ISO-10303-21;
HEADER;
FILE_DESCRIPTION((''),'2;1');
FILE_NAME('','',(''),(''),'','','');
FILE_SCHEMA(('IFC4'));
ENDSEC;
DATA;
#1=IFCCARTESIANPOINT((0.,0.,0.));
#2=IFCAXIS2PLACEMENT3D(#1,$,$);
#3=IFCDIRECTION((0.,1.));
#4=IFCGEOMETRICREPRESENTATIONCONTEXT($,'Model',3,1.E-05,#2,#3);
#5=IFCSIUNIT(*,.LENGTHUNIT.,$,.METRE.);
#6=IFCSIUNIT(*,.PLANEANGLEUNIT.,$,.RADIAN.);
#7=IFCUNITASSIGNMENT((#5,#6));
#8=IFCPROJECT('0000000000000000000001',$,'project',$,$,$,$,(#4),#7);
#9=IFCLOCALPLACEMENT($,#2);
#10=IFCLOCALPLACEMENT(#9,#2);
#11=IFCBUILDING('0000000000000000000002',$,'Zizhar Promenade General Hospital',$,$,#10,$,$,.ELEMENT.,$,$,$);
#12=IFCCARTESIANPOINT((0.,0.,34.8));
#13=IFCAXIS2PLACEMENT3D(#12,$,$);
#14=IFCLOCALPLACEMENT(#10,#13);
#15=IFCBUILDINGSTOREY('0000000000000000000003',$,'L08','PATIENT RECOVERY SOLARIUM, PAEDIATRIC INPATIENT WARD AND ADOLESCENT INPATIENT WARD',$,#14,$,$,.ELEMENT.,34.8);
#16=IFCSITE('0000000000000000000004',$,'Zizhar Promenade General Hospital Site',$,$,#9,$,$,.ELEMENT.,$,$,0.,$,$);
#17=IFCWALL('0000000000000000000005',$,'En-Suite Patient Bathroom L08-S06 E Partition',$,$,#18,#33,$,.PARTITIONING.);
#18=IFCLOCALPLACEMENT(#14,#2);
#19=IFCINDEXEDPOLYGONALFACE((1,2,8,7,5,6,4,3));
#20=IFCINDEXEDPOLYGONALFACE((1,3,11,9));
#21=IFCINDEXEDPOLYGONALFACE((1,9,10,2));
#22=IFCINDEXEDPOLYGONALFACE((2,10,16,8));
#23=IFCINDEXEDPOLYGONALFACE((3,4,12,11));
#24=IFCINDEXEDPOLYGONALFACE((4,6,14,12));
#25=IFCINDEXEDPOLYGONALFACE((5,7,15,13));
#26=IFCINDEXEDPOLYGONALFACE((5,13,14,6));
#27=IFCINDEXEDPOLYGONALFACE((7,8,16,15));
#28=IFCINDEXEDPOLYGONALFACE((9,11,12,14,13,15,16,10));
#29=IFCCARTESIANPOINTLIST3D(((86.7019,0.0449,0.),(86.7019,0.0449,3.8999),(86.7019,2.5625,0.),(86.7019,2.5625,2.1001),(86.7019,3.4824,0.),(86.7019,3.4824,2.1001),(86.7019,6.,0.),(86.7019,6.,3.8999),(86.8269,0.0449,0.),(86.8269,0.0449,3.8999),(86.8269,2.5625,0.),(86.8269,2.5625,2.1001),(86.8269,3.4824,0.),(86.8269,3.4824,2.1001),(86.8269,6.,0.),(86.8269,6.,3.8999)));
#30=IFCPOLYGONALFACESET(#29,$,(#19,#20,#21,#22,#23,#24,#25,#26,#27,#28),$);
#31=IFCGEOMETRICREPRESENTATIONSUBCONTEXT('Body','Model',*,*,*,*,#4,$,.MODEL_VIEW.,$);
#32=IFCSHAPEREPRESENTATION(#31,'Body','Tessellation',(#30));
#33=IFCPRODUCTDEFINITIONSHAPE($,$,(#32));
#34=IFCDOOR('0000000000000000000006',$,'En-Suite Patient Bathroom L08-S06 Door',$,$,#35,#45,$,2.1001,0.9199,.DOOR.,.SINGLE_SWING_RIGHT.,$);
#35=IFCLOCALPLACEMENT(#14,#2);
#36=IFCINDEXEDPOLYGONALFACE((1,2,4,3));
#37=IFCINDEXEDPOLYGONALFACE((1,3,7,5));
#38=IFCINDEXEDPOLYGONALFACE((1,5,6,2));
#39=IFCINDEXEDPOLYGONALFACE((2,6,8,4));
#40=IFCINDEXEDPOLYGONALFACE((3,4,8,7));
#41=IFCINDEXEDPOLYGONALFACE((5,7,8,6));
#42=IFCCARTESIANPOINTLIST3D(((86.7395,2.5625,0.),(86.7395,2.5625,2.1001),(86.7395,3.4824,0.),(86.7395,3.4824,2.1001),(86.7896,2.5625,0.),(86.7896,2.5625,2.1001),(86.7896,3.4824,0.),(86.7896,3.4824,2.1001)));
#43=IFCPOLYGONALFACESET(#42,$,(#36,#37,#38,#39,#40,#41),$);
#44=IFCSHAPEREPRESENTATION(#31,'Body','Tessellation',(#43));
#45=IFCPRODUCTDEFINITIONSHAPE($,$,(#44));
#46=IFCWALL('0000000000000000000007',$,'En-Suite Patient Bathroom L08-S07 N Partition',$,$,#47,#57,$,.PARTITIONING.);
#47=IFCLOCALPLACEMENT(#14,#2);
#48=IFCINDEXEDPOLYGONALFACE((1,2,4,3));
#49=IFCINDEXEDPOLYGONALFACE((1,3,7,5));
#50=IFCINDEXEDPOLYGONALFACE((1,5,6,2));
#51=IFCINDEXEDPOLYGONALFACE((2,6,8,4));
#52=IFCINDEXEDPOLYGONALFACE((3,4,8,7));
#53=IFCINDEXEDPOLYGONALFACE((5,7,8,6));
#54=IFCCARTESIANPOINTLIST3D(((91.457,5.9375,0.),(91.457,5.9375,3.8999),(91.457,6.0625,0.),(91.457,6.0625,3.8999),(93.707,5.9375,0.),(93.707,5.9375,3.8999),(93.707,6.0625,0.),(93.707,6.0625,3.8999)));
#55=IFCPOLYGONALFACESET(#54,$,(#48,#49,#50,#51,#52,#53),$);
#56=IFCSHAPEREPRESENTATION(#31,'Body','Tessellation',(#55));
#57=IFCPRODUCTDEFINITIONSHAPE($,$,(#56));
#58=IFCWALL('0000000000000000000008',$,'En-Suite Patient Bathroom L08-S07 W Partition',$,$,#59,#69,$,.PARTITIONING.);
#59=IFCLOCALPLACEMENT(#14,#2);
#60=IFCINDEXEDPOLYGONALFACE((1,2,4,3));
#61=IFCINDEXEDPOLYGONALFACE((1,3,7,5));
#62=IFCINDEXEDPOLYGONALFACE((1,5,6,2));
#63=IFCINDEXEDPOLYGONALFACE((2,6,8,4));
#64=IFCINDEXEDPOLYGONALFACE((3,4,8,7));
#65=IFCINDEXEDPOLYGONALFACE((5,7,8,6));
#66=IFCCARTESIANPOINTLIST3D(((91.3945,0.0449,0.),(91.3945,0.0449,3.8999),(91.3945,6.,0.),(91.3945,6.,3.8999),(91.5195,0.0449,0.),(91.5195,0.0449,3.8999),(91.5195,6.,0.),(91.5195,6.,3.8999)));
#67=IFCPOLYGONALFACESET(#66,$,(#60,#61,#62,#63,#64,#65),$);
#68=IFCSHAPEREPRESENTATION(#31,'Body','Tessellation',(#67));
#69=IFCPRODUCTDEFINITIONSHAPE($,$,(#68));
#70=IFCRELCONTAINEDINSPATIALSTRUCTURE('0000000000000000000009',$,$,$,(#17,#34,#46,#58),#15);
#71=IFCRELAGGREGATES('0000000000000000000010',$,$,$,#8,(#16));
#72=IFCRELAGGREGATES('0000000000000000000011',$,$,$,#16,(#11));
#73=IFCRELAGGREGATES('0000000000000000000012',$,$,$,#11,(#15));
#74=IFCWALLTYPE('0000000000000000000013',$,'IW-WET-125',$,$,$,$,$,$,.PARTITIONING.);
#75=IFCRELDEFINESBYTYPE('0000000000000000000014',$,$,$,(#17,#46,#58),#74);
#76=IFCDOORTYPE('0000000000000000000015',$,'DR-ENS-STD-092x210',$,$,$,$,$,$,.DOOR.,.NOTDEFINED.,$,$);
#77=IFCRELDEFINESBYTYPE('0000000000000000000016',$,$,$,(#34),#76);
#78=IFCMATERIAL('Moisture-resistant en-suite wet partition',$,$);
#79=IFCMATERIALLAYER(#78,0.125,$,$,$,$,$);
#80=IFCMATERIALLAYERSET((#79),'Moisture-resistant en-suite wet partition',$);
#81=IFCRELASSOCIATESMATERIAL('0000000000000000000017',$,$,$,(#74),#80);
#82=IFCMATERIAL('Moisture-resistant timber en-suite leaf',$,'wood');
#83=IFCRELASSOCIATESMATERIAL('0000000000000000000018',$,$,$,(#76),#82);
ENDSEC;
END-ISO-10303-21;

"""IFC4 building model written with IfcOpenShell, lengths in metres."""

from ifc_helpers import new_model, si_unit, direction, frame, frame_2d, origin, place, context, subcontext, project, spatial, rectangle, extrude, material, layer, layer_set, type_object, element, fill, save


model = new_model("IFC4")

# Units and contexts
model_context = context("Model", 3, precision=1e-05, world=origin(), true_north=direction((0.0, 1.0)))
body_context = subcontext(model_context, "Body", "Model", "MODEL_VIEW")
ifc_project = project(units=[si_unit("LENGTHUNIT", "METRE"), si_unit("PLANEANGLEUNIT", "RADIAN")], contexts=[model_context])

# Site, building, storey
site_placement = place(None, origin())
site = spatial("IfcSite", under=ifc_project, at=site_placement, Name="Zizhar Promenade General Hospital Site", CompositionType="ELEMENT", RefElevation=0.0)
building_placement = place(site_placement, origin())
building = spatial("IfcBuilding", under=site, at=building_placement, Name="Zizhar Promenade General Hospital", CompositionType="ELEMENT")
storey_placement = place(building_placement, frame((0.0, 0.0, 34.8)))
storey = spatial("IfcBuildingStorey", under=building, at=storey_placement, Name="L08", Description="PATIENT RECOVERY SOLARIUM, PAEDIATRIC INPATIENT WARD AND ADOLESCENT INPATIENT WARD", CompositionType="ELEMENT", Elevation=34.8)

# Wall, opening, door
ifc_material_1 = material(Name="Moisture-resistant en-suite wet partition")
ifc_layer_1 = layer(ifc_material_1, 0.125)
ifc_layer_set_1 = layer_set([ifc_layer_1], Name="Moisture-resistant en-suite wet partition")
wall_type_1 = type_object("IfcWallType", Name="IW-WET-125", PredefinedType="PARTITIONING", material=ifc_layer_set_1)
wall_1_placement = place(storey_placement, frame((86.7644, 0.0449, 0.0), z_axis=(0.0, 0.0, 1.0), x_axis=(0.0, 1.0, 0.0)))
wall_1 = element("IfcWall", 1, at=wall_1_placement, inside=storey, type_object=wall_type_1, Name="En-Suite Patient Bathroom L08-S06 E Partition", PredefinedType="PARTITIONING", context=body_context, shape_type="SweptSolid", body=[
    extrude(rectangle(XDim=5.9551, YDim=0.125, at=frame_2d((2.9775, 0.0))), origin(), (0.0, 0.0, 1.0), 3.8999),
])
opening_1_placement = place(wall_1_placement, frame((2.5176, 0.0, 0.0)))
opening_1 = element("IfcOpeningElement", 2, at=opening_1_placement, cuts=wall_1, PredefinedType="OPENING", context=body_context, shape_type="SweptSolid", body=[
    extrude(rectangle(XDim=0.9199, YDim=2.1001, at=frame_2d((0.46, 1.05))), frame((0.0, 0.0725, 0.0), z_axis=(0.0, -1.0, 0.0), x_axis=(1.0, 0.0, 0.0)), (0.0, 0.0, 1.0), 0.145),
])
ifc_material_2 = material(Name="Moisture-resistant timber en-suite leaf", Category="wood")
door_type_1 = type_object("IfcDoorType", Name="DR-ENS-STD-092x210", OperationType="NOTDEFINED", PredefinedType="DOOR", material=ifc_material_2)
door_1_placement = place(opening_1_placement, origin())
door_1 = element("IfcDoor", 3, at=door_1_placement, inside=storey, type_object=door_type_1, Name="En-Suite Patient Bathroom L08-S06 Door", OperationType="SINGLE_SWING_RIGHT", OverallHeight=2.1001, OverallWidth=0.9199, PredefinedType="DOOR", context=body_context, shape_type="SweptSolid", body=[
    extrude(rectangle(XDim=0.9199, YDim=2.1001, at=frame_2d((0.46, 1.05))), frame((0.0, 0.0249, 0.0), z_axis=(0.0, -1.0, 0.0), x_axis=(1.0, 0.0, 0.0)), (0.0, 0.0, 1.0), 0.05),
])
fill(opening_1, door_1)

# Walls
wall_2_placement = place(storey_placement, frame((91.457, 6.0, 0.0), z_axis=(0.0, 0.0, 1.0), x_axis=(1.0, 0.0, 0.0)))
element("IfcWall", 4, at=wall_2_placement, inside=storey, type_object=wall_type_1, Name="En-Suite Patient Bathroom L08-S07 N Partition", PredefinedType="PARTITIONING", context=body_context, shape_type="SweptSolid", body=[
    extrude(rectangle(XDim=2.25, YDim=0.125, at=frame_2d((1.125, 0.0))), origin(), (0.0, 0.0, 1.0), 3.8999),
])
wall_3_placement = place(storey_placement, frame((91.457, 0.0449, 0.0), z_axis=(0.0, 0.0, 1.0), x_axis=(0.0, 1.0, 0.0)))
element("IfcWall", 5, at=wall_3_placement, inside=storey, type_object=wall_type_1, Name="En-Suite Patient Bathroom L08-S07 W Partition", PredefinedType="PARTITIONING", context=body_context, shape_type="SweptSolid", body=[
    extrude(rectangle(XDim=5.9551, YDim=0.125, at=frame_2d((2.9775, 0.0))), origin(), (0.0, 0.0, 1.0), 3.8999),
])

save(model, "model.ifc")
